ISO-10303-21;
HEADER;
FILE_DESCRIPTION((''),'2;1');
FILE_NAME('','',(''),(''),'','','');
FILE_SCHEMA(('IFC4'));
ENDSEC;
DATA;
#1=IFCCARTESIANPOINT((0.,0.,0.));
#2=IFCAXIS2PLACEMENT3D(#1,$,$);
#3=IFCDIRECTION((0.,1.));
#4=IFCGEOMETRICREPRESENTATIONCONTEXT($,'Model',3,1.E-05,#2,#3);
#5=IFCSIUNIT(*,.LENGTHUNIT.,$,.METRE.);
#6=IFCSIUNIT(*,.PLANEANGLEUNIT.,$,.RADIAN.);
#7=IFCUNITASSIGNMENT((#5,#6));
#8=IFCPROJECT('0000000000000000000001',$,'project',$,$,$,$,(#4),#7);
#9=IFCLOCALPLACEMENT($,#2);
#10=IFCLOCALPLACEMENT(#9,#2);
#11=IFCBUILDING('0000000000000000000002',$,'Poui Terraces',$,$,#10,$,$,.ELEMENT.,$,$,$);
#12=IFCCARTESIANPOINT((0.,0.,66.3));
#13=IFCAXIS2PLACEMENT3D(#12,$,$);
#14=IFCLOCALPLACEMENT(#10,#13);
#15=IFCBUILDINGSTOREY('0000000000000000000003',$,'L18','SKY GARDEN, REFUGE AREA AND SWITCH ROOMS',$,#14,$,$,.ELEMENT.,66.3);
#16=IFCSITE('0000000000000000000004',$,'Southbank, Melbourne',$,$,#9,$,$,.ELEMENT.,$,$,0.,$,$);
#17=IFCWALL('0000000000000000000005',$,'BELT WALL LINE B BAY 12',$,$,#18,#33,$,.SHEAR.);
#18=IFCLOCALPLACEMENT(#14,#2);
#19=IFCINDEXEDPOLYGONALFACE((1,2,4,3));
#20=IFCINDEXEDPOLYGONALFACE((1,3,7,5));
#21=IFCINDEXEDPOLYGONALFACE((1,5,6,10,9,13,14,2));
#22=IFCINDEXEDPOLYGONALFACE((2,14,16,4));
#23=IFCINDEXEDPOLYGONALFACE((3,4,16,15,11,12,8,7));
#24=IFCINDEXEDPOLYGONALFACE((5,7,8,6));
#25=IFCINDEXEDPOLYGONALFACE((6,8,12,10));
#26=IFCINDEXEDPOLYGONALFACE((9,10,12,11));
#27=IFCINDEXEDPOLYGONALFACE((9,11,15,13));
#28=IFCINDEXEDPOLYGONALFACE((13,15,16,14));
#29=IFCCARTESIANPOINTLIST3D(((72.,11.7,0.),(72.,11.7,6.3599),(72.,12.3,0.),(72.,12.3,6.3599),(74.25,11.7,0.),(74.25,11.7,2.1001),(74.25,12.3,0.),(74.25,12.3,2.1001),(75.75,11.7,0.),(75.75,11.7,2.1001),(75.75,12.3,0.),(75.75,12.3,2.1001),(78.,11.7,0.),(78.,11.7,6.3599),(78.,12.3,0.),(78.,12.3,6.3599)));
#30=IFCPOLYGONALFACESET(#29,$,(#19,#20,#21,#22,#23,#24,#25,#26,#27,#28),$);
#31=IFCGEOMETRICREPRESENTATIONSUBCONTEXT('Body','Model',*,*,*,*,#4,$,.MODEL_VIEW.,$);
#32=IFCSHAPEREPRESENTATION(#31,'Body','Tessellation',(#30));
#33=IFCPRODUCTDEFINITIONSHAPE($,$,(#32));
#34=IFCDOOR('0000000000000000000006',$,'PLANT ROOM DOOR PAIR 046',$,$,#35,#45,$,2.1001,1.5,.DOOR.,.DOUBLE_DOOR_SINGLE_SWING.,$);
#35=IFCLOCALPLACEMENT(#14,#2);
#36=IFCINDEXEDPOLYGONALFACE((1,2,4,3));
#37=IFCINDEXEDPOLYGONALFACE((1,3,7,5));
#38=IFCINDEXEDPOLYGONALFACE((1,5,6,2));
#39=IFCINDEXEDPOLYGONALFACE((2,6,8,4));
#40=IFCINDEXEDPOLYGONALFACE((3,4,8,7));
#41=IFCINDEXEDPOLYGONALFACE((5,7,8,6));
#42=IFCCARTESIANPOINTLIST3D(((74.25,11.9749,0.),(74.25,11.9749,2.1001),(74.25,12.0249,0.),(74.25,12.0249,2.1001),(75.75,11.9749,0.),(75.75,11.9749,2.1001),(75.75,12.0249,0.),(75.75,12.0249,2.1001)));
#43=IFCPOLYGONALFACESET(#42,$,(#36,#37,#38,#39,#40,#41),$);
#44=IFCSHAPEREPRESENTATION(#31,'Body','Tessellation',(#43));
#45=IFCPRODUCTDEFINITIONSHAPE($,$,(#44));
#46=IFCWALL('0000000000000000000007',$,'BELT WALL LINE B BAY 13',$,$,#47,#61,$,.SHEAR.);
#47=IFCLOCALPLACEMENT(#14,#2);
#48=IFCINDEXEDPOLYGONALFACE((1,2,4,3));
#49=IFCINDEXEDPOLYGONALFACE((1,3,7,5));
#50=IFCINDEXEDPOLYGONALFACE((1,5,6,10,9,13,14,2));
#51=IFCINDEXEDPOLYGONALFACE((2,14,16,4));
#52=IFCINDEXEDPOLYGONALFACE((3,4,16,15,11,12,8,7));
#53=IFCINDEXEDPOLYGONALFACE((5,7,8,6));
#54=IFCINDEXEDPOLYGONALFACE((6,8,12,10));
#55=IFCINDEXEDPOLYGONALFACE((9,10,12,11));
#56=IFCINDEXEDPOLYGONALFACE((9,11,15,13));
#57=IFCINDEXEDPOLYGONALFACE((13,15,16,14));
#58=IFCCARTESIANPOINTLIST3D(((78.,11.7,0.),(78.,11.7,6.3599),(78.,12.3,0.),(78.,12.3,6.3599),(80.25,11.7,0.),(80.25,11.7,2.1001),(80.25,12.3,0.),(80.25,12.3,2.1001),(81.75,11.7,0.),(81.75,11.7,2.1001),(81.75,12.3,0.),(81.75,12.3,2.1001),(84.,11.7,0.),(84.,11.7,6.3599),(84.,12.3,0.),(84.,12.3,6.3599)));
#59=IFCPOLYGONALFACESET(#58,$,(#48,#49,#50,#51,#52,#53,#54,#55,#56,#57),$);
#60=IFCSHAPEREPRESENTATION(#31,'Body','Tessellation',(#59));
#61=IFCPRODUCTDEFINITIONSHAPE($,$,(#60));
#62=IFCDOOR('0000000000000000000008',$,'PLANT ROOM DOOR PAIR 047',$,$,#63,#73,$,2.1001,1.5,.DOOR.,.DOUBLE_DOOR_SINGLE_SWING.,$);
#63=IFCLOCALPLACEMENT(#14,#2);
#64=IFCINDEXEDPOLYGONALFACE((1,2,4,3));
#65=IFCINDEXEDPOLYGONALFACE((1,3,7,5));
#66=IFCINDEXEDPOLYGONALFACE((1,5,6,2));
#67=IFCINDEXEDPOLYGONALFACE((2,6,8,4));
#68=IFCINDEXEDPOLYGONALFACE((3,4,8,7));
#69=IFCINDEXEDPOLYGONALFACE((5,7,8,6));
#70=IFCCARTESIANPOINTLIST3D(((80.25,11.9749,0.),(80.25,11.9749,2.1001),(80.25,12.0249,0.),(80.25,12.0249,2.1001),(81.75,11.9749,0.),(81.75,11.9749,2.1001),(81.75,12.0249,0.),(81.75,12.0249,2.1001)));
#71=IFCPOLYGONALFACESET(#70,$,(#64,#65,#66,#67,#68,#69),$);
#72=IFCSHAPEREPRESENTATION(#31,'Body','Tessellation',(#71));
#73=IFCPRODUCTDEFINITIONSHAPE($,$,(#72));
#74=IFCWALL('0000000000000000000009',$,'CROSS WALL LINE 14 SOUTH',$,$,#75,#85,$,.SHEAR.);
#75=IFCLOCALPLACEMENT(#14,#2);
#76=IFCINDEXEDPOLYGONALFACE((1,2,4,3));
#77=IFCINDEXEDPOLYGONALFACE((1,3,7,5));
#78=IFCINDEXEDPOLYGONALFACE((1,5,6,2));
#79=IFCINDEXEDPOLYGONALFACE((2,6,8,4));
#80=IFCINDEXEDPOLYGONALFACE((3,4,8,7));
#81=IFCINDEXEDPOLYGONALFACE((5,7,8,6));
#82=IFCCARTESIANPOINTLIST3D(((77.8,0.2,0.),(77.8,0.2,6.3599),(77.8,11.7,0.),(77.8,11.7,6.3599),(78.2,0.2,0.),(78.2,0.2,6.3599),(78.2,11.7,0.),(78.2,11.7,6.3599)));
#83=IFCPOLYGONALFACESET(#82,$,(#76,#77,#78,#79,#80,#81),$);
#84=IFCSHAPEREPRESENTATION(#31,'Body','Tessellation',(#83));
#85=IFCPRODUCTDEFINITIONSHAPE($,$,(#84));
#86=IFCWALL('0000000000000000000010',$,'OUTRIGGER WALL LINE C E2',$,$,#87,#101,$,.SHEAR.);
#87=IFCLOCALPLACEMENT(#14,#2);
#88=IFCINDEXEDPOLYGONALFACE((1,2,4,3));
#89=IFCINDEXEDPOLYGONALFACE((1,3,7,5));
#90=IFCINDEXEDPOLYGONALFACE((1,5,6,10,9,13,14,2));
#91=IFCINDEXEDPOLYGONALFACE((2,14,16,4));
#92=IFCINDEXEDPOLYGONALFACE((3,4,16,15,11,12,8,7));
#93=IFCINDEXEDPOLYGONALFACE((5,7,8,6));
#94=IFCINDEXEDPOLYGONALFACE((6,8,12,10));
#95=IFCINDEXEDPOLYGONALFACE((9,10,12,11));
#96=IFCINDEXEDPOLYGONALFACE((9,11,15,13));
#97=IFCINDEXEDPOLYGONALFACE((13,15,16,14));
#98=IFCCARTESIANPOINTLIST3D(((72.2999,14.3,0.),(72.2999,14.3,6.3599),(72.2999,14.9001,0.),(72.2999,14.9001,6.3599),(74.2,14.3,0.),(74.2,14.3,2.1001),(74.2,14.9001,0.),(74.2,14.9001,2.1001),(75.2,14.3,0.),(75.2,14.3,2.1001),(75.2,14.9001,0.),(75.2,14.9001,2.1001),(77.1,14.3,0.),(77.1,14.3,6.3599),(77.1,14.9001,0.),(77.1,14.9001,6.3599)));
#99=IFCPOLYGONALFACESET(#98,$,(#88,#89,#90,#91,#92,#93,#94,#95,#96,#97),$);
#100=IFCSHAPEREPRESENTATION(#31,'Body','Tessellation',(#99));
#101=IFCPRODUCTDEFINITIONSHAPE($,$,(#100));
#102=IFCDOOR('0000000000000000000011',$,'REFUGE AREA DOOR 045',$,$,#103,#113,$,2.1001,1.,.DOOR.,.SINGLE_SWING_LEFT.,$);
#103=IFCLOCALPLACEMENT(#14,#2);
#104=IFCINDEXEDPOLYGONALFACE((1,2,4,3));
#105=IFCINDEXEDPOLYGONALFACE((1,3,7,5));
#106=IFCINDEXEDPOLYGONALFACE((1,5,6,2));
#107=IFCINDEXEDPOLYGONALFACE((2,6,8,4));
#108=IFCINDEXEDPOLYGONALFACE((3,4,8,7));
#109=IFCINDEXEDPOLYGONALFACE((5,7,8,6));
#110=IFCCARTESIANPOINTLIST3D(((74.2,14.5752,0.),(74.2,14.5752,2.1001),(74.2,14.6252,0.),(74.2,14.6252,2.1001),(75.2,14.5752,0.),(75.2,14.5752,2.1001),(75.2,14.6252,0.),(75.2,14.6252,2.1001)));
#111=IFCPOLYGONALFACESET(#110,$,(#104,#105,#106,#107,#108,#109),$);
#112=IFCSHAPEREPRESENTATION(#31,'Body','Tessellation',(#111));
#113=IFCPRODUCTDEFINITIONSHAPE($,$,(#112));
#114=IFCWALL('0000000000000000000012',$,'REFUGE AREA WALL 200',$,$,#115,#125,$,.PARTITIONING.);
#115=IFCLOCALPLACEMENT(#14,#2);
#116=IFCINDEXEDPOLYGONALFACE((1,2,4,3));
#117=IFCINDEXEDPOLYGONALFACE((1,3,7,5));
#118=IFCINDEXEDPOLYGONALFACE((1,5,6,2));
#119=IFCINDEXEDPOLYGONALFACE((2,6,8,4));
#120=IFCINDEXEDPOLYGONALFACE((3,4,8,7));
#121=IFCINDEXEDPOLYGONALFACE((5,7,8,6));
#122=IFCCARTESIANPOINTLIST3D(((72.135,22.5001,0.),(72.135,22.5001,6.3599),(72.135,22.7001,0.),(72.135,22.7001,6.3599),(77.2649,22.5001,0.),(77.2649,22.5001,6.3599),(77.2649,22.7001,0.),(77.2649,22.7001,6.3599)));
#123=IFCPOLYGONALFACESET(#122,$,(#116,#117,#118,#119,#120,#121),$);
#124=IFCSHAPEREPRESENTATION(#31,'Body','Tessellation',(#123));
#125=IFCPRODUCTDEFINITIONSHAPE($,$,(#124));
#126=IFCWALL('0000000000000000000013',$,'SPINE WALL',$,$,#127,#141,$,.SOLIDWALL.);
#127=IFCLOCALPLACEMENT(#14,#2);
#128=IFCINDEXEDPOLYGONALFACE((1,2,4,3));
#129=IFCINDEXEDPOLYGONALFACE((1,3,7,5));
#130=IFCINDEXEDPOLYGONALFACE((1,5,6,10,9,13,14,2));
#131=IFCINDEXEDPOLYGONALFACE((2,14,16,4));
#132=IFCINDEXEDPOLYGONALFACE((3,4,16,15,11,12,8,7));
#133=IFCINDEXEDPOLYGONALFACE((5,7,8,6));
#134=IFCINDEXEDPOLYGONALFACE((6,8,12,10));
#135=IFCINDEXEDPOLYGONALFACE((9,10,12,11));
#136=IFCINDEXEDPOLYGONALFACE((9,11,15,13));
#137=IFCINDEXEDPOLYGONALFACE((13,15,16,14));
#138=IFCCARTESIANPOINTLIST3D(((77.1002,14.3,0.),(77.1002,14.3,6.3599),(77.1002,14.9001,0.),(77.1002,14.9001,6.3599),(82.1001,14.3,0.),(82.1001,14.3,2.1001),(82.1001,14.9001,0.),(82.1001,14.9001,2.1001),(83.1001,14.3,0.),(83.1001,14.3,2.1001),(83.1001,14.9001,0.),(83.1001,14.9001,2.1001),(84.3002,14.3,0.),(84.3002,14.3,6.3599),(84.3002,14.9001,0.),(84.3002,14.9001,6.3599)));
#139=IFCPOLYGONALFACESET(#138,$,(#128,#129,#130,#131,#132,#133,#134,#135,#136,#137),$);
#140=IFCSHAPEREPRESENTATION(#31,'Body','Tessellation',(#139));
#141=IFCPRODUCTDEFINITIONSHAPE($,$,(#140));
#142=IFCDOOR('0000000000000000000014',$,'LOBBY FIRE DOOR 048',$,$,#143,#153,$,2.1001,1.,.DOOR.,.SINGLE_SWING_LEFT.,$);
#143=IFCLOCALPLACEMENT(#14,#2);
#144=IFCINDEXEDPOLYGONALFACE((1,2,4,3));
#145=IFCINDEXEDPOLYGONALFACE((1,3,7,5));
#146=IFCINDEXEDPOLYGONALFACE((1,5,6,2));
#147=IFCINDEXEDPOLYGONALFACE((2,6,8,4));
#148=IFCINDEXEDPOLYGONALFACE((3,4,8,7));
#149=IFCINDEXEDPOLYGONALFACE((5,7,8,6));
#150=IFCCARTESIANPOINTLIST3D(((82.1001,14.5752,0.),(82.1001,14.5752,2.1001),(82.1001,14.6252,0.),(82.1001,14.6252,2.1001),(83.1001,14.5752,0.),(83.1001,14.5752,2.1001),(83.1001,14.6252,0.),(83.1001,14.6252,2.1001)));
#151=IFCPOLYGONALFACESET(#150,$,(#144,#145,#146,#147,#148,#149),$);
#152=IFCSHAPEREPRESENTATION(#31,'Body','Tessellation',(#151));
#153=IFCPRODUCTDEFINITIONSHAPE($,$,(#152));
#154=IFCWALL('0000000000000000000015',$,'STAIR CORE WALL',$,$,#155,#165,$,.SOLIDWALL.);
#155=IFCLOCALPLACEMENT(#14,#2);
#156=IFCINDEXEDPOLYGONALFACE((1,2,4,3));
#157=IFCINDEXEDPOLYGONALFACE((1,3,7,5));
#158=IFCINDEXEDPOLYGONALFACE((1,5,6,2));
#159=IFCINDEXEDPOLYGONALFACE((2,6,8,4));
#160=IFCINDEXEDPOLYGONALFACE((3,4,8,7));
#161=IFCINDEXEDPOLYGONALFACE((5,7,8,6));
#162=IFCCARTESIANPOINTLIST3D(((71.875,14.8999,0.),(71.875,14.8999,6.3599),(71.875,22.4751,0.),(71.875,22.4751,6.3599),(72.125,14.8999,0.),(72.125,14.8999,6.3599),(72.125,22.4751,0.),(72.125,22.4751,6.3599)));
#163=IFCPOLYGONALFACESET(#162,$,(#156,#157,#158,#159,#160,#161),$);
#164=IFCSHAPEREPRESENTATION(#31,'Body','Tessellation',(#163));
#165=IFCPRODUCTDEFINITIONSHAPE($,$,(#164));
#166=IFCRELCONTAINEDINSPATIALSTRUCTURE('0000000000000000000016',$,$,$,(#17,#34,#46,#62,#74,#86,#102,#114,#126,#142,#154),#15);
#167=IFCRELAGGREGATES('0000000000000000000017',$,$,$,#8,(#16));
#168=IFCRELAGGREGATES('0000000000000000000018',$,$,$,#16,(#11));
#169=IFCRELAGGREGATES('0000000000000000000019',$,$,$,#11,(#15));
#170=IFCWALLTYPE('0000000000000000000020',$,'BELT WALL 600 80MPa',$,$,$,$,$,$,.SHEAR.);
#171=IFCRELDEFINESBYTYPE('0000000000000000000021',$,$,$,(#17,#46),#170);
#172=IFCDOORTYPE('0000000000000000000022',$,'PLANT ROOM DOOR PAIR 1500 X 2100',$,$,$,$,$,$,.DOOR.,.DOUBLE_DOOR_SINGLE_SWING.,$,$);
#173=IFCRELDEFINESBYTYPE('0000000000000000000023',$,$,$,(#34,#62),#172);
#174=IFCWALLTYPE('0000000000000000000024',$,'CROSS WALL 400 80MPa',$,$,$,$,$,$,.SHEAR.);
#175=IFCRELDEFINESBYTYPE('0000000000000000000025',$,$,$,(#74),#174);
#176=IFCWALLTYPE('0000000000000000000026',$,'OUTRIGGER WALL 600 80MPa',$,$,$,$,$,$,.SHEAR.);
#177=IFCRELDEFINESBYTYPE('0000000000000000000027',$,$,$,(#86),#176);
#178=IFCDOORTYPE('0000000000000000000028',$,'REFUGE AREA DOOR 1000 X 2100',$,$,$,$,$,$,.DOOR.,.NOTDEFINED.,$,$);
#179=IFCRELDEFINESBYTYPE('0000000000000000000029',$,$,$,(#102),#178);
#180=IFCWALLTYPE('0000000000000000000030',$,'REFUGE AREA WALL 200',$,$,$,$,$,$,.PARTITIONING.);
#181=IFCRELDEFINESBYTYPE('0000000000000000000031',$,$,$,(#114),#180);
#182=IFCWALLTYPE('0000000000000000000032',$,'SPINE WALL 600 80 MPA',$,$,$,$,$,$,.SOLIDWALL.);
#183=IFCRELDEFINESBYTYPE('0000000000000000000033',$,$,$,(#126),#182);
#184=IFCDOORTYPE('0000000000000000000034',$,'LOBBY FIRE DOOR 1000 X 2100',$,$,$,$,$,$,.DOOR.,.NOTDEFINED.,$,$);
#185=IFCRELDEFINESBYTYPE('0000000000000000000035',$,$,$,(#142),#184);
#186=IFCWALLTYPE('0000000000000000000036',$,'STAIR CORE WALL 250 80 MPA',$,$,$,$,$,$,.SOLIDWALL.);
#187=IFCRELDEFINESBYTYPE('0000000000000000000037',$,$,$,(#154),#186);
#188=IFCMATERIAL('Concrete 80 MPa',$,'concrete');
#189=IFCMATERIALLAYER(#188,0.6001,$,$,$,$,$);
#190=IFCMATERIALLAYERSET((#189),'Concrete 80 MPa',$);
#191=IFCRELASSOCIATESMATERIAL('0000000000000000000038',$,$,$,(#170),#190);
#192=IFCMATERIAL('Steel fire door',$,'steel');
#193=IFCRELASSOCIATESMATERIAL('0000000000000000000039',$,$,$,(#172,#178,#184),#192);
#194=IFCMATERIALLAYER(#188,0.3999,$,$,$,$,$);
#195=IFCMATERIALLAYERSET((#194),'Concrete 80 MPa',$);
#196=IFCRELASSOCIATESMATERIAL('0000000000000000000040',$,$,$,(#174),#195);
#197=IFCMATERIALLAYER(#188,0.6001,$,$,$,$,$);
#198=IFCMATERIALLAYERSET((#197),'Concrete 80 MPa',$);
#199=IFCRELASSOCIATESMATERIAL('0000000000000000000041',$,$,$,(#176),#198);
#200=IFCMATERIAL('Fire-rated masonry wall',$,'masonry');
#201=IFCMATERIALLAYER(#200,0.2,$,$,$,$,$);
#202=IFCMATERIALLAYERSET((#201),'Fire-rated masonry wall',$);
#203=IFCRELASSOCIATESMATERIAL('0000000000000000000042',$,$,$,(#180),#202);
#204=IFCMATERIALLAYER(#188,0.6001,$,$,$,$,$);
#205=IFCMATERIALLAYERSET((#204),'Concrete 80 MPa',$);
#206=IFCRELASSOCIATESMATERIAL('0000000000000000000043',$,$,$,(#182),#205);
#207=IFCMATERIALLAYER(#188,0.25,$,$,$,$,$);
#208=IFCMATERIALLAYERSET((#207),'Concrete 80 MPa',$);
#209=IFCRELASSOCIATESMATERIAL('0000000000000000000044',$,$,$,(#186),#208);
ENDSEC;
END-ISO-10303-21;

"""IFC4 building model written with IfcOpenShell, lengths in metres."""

from ifc_helpers import new_model, si_unit, direction, frame, frame_2d, origin, place, context, subcontext, project, spatial, rectangle, extrude, material, layer, layer_set, type_object, element, fill, save


model = new_model("IFC4")

# Units and contexts
model_context = context("Model", 3, precision=1e-05, world=origin(), true_north=direction((0.0, 1.0)))
body_context = subcontext(model_context, "Body", "Model", "MODEL_VIEW")
ifc_project = project(units=[si_unit("LENGTHUNIT", "METRE"), si_unit("PLANEANGLEUNIT", "RADIAN")], contexts=[model_context])

# Site, building, storey
site_placement = place(None, origin())
site = spatial("IfcSite", under=ifc_project, at=site_placement, Name="Southbank, Melbourne", CompositionType="ELEMENT", RefElevation=0.0)
building_placement = place(site_placement, origin())
building = spatial("IfcBuilding", under=site, at=building_placement, Name="Poui Terraces", CompositionType="ELEMENT")
storey_placement = place(building_placement, frame((0.0, 0.0, 66.3)))
storey = spatial("IfcBuildingStorey", under=building, at=storey_placement, Name="L18", Description="SKY GARDEN, REFUGE AREA AND SWITCH ROOMS", CompositionType="ELEMENT", Elevation=66.3)

# Walls, openings, doors
ifc_material_1 = material(Name="Concrete 80 MPa", Category="concrete")
ifc_layer_1 = layer(ifc_material_1, 0.6001)
ifc_layer_set_1 = layer_set([ifc_layer_1], Name="Concrete 80 MPa")
wall_type_1 = type_object("IfcWallType", Name="BELT WALL 600 80MPa", PredefinedType="SHEAR", material=ifc_layer_set_1)
wall_1_placement = place(storey_placement, frame((72.0, 12.0, 0.0), z_axis=(0.0, 0.0, 1.0), x_axis=(1.0, 0.0, 0.0)))
wall_1 = element("IfcWall", 1, at=wall_1_placement, inside=storey, type_object=wall_type_1, Name="BELT WALL LINE B BAY 12", PredefinedType="SHEAR", context=body_context, shape_type="SweptSolid", body=[
    extrude(rectangle(XDim=6.0, YDim=0.6001, at=frame_2d((3.0, 0.0))), origin(), (0.0, 0.0, 1.0), 6.3599),
])
opening_1_placement = place(wall_1_placement, frame((2.25, 0.0, 0.0)))
opening_1 = element("IfcOpeningElement", 2, at=opening_1_placement, cuts=wall_1, PredefinedType="OPENING", context=body_context, shape_type="SweptSolid", body=[
    extrude(rectangle(XDim=1.5, YDim=2.1001, at=frame_2d((0.75, 1.05))), frame((0.0, 0.3101, 0.0), z_axis=(0.0, -1.0, 0.0), x_axis=(1.0, 0.0, 0.0)), (0.0, 0.0, 1.0), 0.6201),
])
ifc_material_2 = material(Name="Steel fire door", Category="steel")
door_type_1 = type_object("IfcDoorType", Name="PLANT ROOM DOOR PAIR 1500 X 2100", OperationType="DOUBLE_DOOR_SINGLE_SWING", PredefinedType="DOOR", material=ifc_material_2)
door_1_placement = place(opening_1_placement, origin())
door_1 = element("IfcDoor", 3, at=door_1_placement, inside=storey, type_object=door_type_1, Name="PLANT ROOM DOOR PAIR 046", OperationType="DOUBLE_DOOR_SINGLE_SWING", OverallHeight=2.1001, OverallWidth=1.5, PredefinedType="DOOR", context=body_context, shape_type="SweptSolid", body=[
    extrude(rectangle(XDim=1.5, YDim=2.1001, at=frame_2d((0.75, 1.05))), frame((0.0, 0.0249, 0.0), z_axis=(0.0, -1.0, 0.0), x_axis=(1.0, 0.0, 0.0)), (0.0, 0.0, 1.0), 0.05),
])
fill(opening_1, door_1)
wall_2_placement = place(storey_placement, frame((78.0, 12.0, 0.0), z_axis=(0.0, 0.0, 1.0), x_axis=(1.0, 0.0, 0.0)))
wall_2 = element("IfcWall", 4, at=wall_2_placement, inside=storey, type_object=wall_type_1, Name="BELT WALL LINE B BAY 13", PredefinedType="SHEAR", context=body_context, shape_type="SweptSolid", body=[
    extrude(rectangle(XDim=6.0, YDim=0.6001, at=frame_2d((3.0, 0.0))), origin(), (0.0, 0.0, 1.0), 6.3599),
])
opening_2_placement = place(wall_2_placement, frame((2.25, 0.0, 0.0)))
opening_2 = element("IfcOpeningElement", 5, at=opening_2_placement, cuts=wall_2, PredefinedType="OPENING", context=body_context, shape_type="SweptSolid", body=[
    extrude(rectangle(XDim=1.5, YDim=2.1001, at=frame_2d((0.75, 1.05))), frame((0.0, 0.3101, 0.0), z_axis=(0.0, -1.0, 0.0), x_axis=(1.0, 0.0, 0.0)), (0.0, 0.0, 1.0), 0.6201),
])
door_2_placement = place(opening_2_placement, origin())
door_2 = element("IfcDoor", 6, at=door_2_placement, inside=storey, type_object=door_type_1, Name="PLANT ROOM DOOR PAIR 047", OperationType="DOUBLE_DOOR_SINGLE_SWING", OverallHeight=2.1001, OverallWidth=1.5, PredefinedType="DOOR", context=body_context, shape_type="SweptSolid", body=[
    extrude(rectangle(XDim=1.5, YDim=2.1001, at=frame_2d((0.75, 1.05))), frame((0.0, 0.0249, 0.0), z_axis=(0.0, -1.0, 0.0), x_axis=(1.0, 0.0, 0.0)), (0.0, 0.0, 1.0), 0.05),
])
fill(opening_2, door_2)

# Wall
ifc_layer_2 = layer(ifc_material_1, 0.3999)
ifc_layer_set_2 = layer_set([ifc_layer_2], Name="Concrete 80 MPa")
wall_type_2 = type_object("IfcWallType", Name="CROSS WALL 400 80MPa", PredefinedType="SHEAR", material=ifc_layer_set_2)
wall_3_placement = place(storey_placement, frame((78.0, 0.2, 0.0), z_axis=(0.0, 0.0, 1.0), x_axis=(0.0, 1.0, 0.0)))
element("IfcWall", 7, at=wall_3_placement, inside=storey, type_object=wall_type_2, Name="CROSS WALL LINE 14 SOUTH", PredefinedType="SHEAR", context=body_context, shape_type="SweptSolid", body=[
    extrude(rectangle(XDim=11.5, YDim=0.3999, at=frame_2d((5.75, 0.0))), origin(), (0.0, 0.0, 1.0), 6.3599),
])

# Wall, opening, door
ifc_layer_3 = layer(ifc_material_1, 0.6001)
ifc_layer_set_3 = layer_set([ifc_layer_3], Name="Concrete 80 MPa")
wall_type_3 = type_object("IfcWallType", Name="OUTRIGGER WALL 600 80MPa", PredefinedType="SHEAR", material=ifc_layer_set_3)
wall_4_placement = place(storey_placement, frame((72.3, 14.6001, 0.0), z_axis=(0.0, 0.0, 1.0), x_axis=(1.0, 0.0, 0.0)))
wall_4 = element("IfcWall", 8, at=wall_4_placement, inside=storey, type_object=wall_type_3, Name="OUTRIGGER WALL LINE C E2", PredefinedType="SHEAR", context=body_context, shape_type="SweptSolid", body=[
    extrude(rectangle(XDim=4.8, YDim=0.6001, at=frame_2d((2.3999, 0.0))), origin(), (0.0, 0.0, 1.0), 6.3599),
])
opening_3_placement = place(wall_4_placement, frame((1.8999, 0.0, 0.0)))
opening_3 = element("IfcOpeningElement", 9, at=opening_3_placement, cuts=wall_4, PredefinedType="OPENING", context=body_context, shape_type="SweptSolid", body=[
    extrude(rectangle(XDim=1.0, YDim=2.1001, at=frame_2d((0.5, 1.05))), frame((0.0, 0.3101, 0.0), z_axis=(0.0, -1.0, 0.0), x_axis=(1.0, 0.0, 0.0)), (0.0, 0.0, 1.0), 0.6201),
])
door_type_2 = type_object("IfcDoorType", Name="REFUGE AREA DOOR 1000 X 2100", OperationType="NOTDEFINED", PredefinedType="DOOR", material=ifc_material_2)
door_3_placement = place(opening_3_placement, frame((1.0, 0.0, 0.0), z_axis=(0.0, 0.0, 1.0), x_axis=(-1.0, 0.0, 0.0)))
door_3 = element("IfcDoor", 10, at=door_3_placement, inside=storey, type_object=door_type_2, Name="REFUGE AREA DOOR 045", OperationType="SINGLE_SWING_LEFT", OverallHeight=2.1001, OverallWidth=1.0, PredefinedType="DOOR", context=body_context, shape_type="SweptSolid", body=[
    extrude(rectangle(XDim=1.0, YDim=2.1001, at=frame_2d((0.5, 1.05))), frame((0.0, 0.0249, 0.0), z_axis=(0.0, -1.0, 0.0), x_axis=(1.0, 0.0, 0.0)), (0.0, 0.0, 1.0), 0.05),
])
fill(opening_3, door_3)

# Wall
ifc_material_3 = material(Name="Fire-rated masonry wall", Category="masonry")
ifc_layer_4 = layer(ifc_material_3, 0.2)
ifc_layer_set_4 = layer_set([ifc_layer_4], Name="Fire-rated masonry wall")
wall_type_4 = type_object("IfcWallType", Name="REFUGE AREA WALL 200", PredefinedType="PARTITIONING", material=ifc_layer_set_4)
wall_5_placement = place(storey_placement, frame((72.135, 22.6001, 0.0), z_axis=(0.0, 0.0, 1.0), x_axis=(1.0, 0.0, 0.0)))
element("IfcWall", 11, at=wall_5_placement, inside=storey, type_object=wall_type_4, Name="REFUGE AREA WALL 200", PredefinedType="PARTITIONING", context=body_context, shape_type="SweptSolid", body=[
    extrude(rectangle(XDim=5.1299, YDim=0.2, at=frame_2d((2.5649, 0.0))), origin(), (0.0, 0.0, 1.0), 6.3599),
])

# Wall, opening, door
ifc_layer_5 = layer(ifc_material_1, 0.6001)
ifc_layer_set_5 = layer_set([ifc_layer_5], Name="Concrete 80 MPa")
wall_type_5 = type_object("IfcWallType", Name="SPINE WALL 600 80 MPA", PredefinedType="SOLIDWALL", material=ifc_layer_set_5)
wall_6_placement = place(storey_placement, frame((77.1001, 14.6001, 0.0), z_axis=(0.0, 0.0, 1.0), x_axis=(1.0, 0.0, 0.0)))
wall_6 = element("IfcWall", 12, at=wall_6_placement, inside=storey, type_object=wall_type_5, Name="SPINE WALL", PredefinedType="SOLIDWALL", context=body_context, shape_type="SweptSolid", body=[
    extrude(rectangle(XDim=7.2, YDim=0.6001, at=frame_2d((3.6001, 0.0))), origin(), (0.0, 0.0, 1.0), 6.3599),
])
opening_4_placement = place(wall_6_placement, frame((5.0, 0.0, 0.0)))
opening_4 = element("IfcOpeningElement", 13, at=opening_4_placement, cuts=wall_6, PredefinedType="OPENING", context=body_context, shape_type="SweptSolid", body=[
    extrude(rectangle(XDim=1.0, YDim=2.1001, at=frame_2d((0.5, 1.05))), frame((0.0, 0.3101, 0.0), z_axis=(0.0, -1.0, 0.0), x_axis=(1.0, 0.0, 0.0)), (0.0, 0.0, 1.0), 0.6201),
])
door_type_3 = type_object("IfcDoorType", Name="LOBBY FIRE DOOR 1000 X 2100", OperationType="NOTDEFINED", PredefinedType="DOOR", material=ifc_material_2)
door_4_placement = place(opening_4_placement, frame((1.0, 0.0, 0.0), z_axis=(0.0, 0.0, 1.0), x_axis=(-1.0, 0.0, 0.0)))
door_4 = element("IfcDoor", 14, at=door_4_placement, inside=storey, type_object=door_type_3, Name="LOBBY FIRE DOOR 048", OperationType="SINGLE_SWING_LEFT", OverallHeight=2.1001, OverallWidth=1.0, PredefinedType="DOOR", context=body_context, shape_type="SweptSolid", body=[
    extrude(rectangle(XDim=1.0, YDim=2.1001, at=frame_2d((0.5, 1.05))), frame((0.0, 0.0249, 0.0), z_axis=(0.0, -1.0, 0.0), x_axis=(1.0, 0.0, 0.0)), (0.0, 0.0, 1.0), 0.05),
])
fill(opening_4, door_4)

# Wall
ifc_layer_6 = layer(ifc_material_1, 0.25)
ifc_layer_set_6 = layer_set([ifc_layer_6], Name="Concrete 80 MPa")
wall_type_6 = type_object("IfcWallType", Name="STAIR CORE WALL 250 80 MPA", PredefinedType="SOLIDWALL", material=ifc_layer_set_6)
wall_7_placement = place(storey_placement, frame((72.0, 14.8999, 0.0), z_axis=(0.0, 0.0, 1.0), x_axis=(0.0, 1.0, 0.0)))
element("IfcWall", 15, at=wall_7_placement, inside=storey, type_object=wall_type_6, Name="STAIR CORE WALL", PredefinedType="SOLIDWALL", context=body_context, shape_type="SweptSolid", body=[
    extrude(rectangle(XDim=7.5752, YDim=0.25, at=frame_2d((3.7876, 0.0))), origin(), (0.0, 0.0, 1.0), 6.3599),
])

save(model, "model.ifc")
